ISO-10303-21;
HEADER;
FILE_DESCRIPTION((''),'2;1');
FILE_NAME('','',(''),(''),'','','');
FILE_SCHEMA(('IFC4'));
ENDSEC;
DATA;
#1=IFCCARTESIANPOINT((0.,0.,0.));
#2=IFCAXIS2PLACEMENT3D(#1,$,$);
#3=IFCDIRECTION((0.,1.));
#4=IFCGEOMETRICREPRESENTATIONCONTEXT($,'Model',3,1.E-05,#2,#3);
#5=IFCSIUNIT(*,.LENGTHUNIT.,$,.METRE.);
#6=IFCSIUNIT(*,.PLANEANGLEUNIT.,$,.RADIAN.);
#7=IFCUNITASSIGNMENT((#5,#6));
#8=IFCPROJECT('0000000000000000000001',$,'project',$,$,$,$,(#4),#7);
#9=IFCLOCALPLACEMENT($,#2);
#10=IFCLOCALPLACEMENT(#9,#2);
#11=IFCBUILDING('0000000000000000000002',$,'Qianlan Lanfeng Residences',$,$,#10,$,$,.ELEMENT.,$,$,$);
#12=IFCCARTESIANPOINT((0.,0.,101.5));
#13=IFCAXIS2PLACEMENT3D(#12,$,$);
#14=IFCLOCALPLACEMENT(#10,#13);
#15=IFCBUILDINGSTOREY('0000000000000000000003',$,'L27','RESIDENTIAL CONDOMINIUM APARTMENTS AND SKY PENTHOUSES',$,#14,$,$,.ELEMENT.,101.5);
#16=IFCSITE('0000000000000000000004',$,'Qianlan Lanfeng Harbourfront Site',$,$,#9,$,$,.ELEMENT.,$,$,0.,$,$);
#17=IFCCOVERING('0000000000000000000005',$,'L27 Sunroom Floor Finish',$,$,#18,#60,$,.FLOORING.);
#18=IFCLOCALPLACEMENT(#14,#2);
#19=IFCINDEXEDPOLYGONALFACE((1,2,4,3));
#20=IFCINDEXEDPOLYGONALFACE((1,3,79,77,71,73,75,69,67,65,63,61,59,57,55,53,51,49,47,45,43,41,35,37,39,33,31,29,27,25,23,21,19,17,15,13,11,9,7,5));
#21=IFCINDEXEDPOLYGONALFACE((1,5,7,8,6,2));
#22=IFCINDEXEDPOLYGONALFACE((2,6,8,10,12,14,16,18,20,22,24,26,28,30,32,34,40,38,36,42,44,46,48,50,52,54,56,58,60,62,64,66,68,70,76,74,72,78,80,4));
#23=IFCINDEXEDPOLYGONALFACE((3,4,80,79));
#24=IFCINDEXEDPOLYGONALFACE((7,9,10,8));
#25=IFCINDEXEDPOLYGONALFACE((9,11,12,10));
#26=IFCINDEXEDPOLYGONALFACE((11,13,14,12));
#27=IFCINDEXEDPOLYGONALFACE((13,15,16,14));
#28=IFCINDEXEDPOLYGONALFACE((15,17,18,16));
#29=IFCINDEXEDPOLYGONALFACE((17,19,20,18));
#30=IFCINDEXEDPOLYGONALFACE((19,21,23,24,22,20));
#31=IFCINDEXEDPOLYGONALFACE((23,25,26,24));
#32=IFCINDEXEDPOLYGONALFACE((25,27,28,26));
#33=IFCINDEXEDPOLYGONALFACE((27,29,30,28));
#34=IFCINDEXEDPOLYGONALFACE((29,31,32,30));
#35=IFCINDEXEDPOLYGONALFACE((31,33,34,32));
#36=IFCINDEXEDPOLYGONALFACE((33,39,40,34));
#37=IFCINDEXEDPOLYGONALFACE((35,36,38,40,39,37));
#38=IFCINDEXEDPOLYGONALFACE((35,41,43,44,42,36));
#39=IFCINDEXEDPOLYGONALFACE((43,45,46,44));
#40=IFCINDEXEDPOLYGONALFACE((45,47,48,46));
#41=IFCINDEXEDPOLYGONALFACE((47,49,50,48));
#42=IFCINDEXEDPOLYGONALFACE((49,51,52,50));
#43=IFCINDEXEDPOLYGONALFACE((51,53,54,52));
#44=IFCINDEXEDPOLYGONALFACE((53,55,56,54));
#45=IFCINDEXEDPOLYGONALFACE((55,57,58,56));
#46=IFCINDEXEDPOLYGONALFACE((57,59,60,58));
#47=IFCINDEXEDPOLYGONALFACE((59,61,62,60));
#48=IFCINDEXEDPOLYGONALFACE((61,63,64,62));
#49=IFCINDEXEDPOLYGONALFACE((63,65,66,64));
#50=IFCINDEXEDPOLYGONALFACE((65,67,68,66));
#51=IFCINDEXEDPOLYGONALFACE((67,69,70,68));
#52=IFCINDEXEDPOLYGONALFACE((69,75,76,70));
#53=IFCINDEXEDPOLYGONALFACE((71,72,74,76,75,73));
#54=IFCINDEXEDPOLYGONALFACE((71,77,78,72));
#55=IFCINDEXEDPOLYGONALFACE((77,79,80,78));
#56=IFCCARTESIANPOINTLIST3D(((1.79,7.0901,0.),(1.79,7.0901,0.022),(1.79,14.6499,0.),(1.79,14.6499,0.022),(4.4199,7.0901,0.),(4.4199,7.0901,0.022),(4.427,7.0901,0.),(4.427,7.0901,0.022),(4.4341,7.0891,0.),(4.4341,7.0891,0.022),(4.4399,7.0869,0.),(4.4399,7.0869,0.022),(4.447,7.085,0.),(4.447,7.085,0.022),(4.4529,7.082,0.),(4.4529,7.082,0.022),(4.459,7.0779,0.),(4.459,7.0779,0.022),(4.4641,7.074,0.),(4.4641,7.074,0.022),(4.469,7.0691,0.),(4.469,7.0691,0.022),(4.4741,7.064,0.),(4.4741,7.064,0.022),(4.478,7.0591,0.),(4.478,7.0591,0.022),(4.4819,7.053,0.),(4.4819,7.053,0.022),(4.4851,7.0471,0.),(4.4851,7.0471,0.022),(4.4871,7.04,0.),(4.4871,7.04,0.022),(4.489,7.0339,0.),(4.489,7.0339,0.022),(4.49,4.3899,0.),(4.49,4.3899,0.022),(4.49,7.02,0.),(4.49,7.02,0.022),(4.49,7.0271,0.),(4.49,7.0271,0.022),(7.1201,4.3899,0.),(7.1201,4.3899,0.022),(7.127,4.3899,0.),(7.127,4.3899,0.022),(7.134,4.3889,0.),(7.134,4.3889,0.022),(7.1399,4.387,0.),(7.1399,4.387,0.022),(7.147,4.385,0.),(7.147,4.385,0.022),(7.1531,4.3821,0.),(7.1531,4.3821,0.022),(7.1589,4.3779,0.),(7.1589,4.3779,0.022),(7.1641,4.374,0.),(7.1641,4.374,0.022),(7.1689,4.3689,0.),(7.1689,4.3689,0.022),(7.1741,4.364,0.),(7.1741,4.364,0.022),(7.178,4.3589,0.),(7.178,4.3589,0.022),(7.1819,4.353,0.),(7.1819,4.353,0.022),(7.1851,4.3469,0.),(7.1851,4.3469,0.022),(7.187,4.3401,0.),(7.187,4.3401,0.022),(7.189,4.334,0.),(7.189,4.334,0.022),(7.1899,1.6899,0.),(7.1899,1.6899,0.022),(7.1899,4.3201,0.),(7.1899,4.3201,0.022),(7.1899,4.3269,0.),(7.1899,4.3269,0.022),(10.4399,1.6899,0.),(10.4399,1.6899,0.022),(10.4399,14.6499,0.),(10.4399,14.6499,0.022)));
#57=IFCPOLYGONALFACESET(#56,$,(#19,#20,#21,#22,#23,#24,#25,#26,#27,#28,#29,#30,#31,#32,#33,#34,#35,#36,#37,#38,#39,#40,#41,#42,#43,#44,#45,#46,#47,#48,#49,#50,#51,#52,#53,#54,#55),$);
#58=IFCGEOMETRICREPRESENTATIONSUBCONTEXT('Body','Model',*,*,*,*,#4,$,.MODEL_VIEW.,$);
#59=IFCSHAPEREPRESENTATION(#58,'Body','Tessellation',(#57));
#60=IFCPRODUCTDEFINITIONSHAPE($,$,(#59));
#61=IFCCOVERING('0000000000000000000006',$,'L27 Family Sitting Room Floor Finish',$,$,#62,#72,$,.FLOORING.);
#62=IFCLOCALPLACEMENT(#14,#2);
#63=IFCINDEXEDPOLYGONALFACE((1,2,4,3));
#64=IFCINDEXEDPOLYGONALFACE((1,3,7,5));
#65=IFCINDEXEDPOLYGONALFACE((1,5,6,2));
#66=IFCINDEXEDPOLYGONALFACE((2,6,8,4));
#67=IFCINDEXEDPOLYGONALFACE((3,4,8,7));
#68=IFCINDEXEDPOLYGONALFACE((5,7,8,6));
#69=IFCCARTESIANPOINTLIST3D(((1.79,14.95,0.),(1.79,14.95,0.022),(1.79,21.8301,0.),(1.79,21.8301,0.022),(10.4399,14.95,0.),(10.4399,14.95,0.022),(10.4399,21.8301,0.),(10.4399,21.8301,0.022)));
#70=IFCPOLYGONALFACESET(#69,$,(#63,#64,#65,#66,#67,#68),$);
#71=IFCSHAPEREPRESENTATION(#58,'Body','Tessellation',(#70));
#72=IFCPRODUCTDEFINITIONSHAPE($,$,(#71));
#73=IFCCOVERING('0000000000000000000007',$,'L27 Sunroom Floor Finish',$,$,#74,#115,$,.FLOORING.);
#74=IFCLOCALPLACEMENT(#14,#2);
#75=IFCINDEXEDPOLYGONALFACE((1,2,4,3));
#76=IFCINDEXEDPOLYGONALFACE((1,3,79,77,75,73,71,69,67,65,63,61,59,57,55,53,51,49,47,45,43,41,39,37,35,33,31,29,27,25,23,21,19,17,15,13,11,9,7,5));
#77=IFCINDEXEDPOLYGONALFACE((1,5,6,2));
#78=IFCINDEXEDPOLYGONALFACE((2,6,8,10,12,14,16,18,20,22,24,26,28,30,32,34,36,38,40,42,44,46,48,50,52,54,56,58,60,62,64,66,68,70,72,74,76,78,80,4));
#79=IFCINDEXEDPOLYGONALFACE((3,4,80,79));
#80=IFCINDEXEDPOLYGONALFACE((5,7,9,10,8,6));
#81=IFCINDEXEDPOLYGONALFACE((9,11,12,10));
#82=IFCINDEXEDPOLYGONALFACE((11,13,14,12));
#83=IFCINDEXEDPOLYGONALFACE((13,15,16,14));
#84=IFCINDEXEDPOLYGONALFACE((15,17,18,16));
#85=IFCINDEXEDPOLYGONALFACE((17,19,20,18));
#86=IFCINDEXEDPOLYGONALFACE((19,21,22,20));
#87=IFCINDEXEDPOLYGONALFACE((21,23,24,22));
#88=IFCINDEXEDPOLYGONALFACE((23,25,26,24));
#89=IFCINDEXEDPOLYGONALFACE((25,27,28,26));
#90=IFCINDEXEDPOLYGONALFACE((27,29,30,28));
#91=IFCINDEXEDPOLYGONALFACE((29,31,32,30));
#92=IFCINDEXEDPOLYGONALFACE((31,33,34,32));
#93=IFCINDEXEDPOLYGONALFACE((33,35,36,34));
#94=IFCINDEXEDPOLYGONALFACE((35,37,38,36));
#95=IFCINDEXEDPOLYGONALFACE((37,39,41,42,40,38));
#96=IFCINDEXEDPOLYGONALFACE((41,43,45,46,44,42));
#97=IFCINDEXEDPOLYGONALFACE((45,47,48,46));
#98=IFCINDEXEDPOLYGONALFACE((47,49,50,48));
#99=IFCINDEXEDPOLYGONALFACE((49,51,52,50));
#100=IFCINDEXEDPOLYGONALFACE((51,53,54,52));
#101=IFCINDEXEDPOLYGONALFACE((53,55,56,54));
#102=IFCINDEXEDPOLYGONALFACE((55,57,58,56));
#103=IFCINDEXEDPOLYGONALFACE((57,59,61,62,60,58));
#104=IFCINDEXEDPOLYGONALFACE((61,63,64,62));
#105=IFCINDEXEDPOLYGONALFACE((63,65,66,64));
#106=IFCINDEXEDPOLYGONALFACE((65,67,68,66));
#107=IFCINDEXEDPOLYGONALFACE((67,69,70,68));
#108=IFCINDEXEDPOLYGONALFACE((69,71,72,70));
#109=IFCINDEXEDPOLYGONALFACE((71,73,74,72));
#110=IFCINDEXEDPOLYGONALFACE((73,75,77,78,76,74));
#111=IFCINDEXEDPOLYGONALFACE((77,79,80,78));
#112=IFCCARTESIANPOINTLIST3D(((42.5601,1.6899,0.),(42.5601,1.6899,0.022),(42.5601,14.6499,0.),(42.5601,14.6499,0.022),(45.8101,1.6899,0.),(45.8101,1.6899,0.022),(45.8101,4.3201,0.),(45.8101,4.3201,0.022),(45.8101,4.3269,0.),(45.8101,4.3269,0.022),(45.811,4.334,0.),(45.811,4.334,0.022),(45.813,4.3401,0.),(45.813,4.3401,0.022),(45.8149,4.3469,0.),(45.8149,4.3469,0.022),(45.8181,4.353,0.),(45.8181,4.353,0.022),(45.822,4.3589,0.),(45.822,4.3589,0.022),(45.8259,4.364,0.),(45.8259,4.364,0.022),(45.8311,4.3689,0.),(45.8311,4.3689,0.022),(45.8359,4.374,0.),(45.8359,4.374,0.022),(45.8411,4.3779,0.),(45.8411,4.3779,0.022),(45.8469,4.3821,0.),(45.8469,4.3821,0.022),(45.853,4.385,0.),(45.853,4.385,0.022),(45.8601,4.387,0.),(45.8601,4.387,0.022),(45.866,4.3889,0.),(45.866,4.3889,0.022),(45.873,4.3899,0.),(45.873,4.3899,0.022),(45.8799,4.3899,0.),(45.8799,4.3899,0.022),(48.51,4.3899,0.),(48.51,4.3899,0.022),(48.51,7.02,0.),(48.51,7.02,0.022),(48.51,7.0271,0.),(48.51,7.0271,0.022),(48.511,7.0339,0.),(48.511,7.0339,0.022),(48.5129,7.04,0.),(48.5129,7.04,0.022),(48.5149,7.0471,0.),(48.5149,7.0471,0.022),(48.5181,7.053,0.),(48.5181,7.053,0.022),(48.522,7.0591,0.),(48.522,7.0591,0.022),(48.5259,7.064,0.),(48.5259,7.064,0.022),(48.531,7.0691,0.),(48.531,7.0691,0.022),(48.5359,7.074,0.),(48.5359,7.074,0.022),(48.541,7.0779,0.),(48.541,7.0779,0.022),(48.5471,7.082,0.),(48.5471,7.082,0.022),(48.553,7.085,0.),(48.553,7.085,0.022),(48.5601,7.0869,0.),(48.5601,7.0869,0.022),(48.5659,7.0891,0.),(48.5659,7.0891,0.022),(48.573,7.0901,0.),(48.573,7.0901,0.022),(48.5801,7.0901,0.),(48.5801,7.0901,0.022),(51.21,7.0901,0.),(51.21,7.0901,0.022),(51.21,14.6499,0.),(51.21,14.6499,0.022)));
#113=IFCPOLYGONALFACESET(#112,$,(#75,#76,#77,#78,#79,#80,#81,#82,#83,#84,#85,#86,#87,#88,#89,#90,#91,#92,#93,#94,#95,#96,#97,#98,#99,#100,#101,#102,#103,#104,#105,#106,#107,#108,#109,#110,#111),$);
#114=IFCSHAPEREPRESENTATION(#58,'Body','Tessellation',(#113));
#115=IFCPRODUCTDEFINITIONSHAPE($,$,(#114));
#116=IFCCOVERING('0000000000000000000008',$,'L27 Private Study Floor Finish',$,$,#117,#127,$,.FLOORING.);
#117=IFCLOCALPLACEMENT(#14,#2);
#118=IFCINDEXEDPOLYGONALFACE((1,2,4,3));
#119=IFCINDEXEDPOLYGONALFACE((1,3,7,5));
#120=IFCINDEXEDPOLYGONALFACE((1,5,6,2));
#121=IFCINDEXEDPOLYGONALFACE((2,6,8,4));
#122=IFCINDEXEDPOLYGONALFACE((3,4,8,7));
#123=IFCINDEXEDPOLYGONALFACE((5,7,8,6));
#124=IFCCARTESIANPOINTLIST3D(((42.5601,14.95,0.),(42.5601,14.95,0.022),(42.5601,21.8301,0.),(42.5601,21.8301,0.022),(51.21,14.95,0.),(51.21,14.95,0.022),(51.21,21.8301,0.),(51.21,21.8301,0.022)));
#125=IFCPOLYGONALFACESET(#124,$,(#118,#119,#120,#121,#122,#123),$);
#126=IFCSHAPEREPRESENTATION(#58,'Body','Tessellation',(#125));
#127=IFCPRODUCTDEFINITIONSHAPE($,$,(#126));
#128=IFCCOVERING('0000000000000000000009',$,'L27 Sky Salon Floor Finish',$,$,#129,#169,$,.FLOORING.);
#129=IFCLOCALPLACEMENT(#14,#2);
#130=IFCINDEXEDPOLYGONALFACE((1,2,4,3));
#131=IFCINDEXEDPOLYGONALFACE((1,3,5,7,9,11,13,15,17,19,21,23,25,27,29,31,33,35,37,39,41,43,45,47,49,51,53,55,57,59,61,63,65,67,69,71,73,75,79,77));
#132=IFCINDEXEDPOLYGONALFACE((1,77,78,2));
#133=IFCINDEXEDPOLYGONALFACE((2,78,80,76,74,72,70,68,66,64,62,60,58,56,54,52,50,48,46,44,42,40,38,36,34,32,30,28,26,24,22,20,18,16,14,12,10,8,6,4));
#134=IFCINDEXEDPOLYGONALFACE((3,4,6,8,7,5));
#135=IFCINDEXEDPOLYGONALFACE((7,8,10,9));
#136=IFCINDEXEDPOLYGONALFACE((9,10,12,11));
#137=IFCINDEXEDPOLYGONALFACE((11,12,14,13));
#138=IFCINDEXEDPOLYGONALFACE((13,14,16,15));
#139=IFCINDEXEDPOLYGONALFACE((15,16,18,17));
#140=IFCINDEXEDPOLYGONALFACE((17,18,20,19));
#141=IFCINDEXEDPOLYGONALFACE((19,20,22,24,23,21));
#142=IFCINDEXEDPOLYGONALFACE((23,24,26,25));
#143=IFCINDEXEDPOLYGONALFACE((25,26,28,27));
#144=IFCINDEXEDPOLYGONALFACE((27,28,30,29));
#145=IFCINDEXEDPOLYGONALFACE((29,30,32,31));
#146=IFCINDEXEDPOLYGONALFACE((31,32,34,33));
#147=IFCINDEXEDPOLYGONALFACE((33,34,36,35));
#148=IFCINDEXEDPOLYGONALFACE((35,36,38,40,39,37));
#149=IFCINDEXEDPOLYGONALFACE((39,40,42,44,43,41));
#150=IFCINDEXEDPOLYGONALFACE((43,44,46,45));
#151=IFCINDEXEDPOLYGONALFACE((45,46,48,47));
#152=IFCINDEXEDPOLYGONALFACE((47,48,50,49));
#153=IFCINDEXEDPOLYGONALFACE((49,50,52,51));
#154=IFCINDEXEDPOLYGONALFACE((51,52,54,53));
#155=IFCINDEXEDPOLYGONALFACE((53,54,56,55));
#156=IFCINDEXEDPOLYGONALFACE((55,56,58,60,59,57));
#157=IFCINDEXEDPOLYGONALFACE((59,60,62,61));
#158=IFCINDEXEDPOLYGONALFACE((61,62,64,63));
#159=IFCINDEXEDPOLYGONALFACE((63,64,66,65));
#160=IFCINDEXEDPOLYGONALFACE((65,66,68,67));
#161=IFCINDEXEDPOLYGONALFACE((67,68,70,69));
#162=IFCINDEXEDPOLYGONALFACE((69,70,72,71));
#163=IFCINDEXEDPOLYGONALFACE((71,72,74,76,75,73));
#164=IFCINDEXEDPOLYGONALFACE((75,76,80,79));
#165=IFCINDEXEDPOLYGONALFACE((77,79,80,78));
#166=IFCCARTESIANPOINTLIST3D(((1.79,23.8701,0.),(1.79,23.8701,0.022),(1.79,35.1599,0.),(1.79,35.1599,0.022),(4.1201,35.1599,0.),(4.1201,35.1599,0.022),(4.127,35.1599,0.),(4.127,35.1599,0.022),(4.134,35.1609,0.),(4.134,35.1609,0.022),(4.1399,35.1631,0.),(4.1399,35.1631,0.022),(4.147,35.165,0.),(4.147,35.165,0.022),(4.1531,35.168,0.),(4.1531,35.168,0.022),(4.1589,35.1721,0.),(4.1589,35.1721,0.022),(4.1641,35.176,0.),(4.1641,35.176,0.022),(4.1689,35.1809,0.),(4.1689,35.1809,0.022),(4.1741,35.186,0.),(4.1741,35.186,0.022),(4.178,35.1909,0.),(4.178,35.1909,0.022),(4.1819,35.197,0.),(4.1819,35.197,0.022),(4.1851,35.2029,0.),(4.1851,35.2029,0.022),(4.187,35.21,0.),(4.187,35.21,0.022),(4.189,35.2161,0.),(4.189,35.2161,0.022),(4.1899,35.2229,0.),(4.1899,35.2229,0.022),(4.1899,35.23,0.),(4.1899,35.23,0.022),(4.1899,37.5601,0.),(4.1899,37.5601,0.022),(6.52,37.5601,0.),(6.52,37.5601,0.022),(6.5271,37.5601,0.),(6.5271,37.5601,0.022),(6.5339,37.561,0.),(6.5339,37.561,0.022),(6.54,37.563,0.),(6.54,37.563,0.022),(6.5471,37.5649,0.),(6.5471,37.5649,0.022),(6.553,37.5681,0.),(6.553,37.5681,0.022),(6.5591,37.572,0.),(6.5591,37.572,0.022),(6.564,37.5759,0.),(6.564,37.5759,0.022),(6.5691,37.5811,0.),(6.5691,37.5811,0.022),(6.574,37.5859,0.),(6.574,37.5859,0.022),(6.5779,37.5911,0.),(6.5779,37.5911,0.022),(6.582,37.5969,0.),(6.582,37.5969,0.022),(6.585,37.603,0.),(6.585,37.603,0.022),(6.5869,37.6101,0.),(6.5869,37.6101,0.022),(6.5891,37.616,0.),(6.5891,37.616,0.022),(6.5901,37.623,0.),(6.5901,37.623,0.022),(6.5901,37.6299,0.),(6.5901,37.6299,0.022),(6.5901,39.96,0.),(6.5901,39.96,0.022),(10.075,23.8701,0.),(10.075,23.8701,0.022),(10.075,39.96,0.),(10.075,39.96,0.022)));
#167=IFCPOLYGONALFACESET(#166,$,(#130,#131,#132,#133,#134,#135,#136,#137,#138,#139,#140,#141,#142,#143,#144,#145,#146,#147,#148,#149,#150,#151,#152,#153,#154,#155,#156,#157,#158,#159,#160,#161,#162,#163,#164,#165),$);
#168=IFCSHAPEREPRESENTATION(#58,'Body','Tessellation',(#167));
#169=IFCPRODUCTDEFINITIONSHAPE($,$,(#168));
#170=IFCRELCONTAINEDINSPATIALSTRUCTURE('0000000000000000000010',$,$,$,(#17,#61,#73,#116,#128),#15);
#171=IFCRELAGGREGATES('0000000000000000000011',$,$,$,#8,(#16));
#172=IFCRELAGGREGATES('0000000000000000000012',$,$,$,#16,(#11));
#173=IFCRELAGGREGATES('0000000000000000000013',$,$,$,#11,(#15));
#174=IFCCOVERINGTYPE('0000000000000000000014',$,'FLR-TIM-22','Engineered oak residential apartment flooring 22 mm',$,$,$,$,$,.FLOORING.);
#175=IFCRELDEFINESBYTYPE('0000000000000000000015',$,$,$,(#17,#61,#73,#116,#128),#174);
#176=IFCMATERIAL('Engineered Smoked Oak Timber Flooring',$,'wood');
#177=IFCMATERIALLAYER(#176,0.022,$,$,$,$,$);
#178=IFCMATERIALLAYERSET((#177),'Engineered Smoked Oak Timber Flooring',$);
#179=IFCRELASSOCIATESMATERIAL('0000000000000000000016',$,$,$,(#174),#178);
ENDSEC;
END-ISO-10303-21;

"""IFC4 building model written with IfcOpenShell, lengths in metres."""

from ifc_helpers import new_model, si_unit, direction, frame, origin, place, context, subcontext, project, spatial, polyline, outline, extrude, material, layer, layer_set, type_object, element, save


model = new_model("IFC4")

# Units and contexts
model_context = context("Model", 3, precision=1e-05, world=origin(), true_north=direction((0.0, 1.0)))
body_context = subcontext(model_context, "Body", "Model", "MODEL_VIEW")
ifc_project = project(units=[si_unit("LENGTHUNIT", "METRE"), si_unit("PLANEANGLEUNIT", "RADIAN")], contexts=[model_context])

# Site, building, storey
site_placement = place(None, origin())
site = spatial("IfcSite", under=ifc_project, at=site_placement, Name="Qianlan Lanfeng Harbourfront Site", CompositionType="ELEMENT", RefElevation=0.0)
building_placement = place(site_placement, origin())
building = spatial("IfcBuilding", under=site, at=building_placement, Name="Qianlan Lanfeng Residences", CompositionType="ELEMENT")
storey_placement = place(building_placement, frame((0.0, 0.0, 101.5)))
storey = spatial("IfcBuildingStorey", under=building, at=storey_placement, Name="L27", Description="RESIDENTIAL CONDOMINIUM APARTMENTS AND SKY PENTHOUSES", CompositionType="ELEMENT", Elevation=101.5)

# Coverings
ifc_material_1 = material(Name="Engineered Smoked Oak Timber Flooring", Category="wood")
ifc_layer_1 = layer(ifc_material_1, 0.022)
ifc_layer_set_1 = layer_set([ifc_layer_1], Name="Engineered Smoked Oak Timber Flooring")
covering_type_1 = type_object("IfcCoveringType", Name="FLR-TIM-22", Description="Engineered oak residential apartment flooring 22 mm", PredefinedType="FLOORING", material=ifc_layer_set_1)
covering_1_placement = place(storey_placement, origin())
element("IfcCovering", 1, at=covering_1_placement, inside=storey, type_object=covering_type_1, Name="L27 Sunroom Floor Finish", PredefinedType="FLOORING", context=body_context, shape_type="SweptSolid", body=[
    extrude(outline(polyline([(10.4399, 14.6499), (1.79, 14.6499), (1.79, 7.0901), (4.4199, 7.0901), (4.427, 7.0901), (4.4341, 7.0891), (4.4399, 7.0869), (4.447, 7.085), (4.4529, 7.082), (4.459, 7.0779), (4.4641, 7.074), (4.469, 7.0691), (4.4741, 7.064), (4.478, 7.0591), (4.4819, 7.053), (4.4851, 7.0471), (4.4871, 7.04), (4.489, 7.0339), (4.49, 7.0271), (4.49, 7.02), (4.49, 4.3899), (7.1201, 4.3899), (7.127, 4.3899), (7.134, 4.3889), (7.1399, 4.387), (7.147, 4.385), (7.1531, 4.3821), (7.1589, 4.3779), (7.1641, 4.374), (7.1689, 4.3689), (7.1741, 4.364), (7.178, 4.3589), (7.1819, 4.353), (7.1851, 4.3469), (7.187, 4.3401), (7.189, 4.334), (7.1899, 4.3269), (7.1899, 4.3201), (7.1899, 1.6899), (10.4399, 1.6899), (10.4399, 14.6499)])), origin(), (0.0, 0.0, 1.0), 0.022),
])
covering_2_placement = place(storey_placement, origin())
element("IfcCovering", 2, at=covering_2_placement, inside=storey, type_object=covering_type_1, Name="L27 Family Sitting Room Floor Finish", PredefinedType="FLOORING", context=body_context, shape_type="SweptSolid", body=[
    extrude(outline(polyline([(10.4399, 21.8301), (1.79, 21.8301), (1.79, 14.95), (10.4399, 14.95), (10.4399, 21.8301)])), origin(), (0.0, 0.0, 1.0), 0.022),
])
covering_3_placement = place(storey_placement, origin())
element("IfcCovering", 3, at=covering_3_placement, inside=storey, type_object=covering_type_1, Name="L27 Sunroom Floor Finish", PredefinedType="FLOORING", context=body_context, shape_type="SweptSolid", body=[
    extrude(outline(polyline([(51.21, 14.6499), (42.5601, 14.6499), (42.5601, 1.6899), (45.8101, 1.6899), (45.8101, 4.3201), (45.8101, 4.3269), (45.811, 4.334), (45.813, 4.3401), (45.8149, 4.3469), (45.8181, 4.353), (45.822, 4.3589), (45.8259, 4.364), (45.8311, 4.3689), (45.8359, 4.374), (45.8411, 4.3779), (45.8469, 4.3821), (45.853, 4.385), (45.8601, 4.387), (45.866, 4.3889), (45.873, 4.3899), (45.8799, 4.3899), (48.51, 4.3899), (48.51, 7.02), (48.51, 7.0271), (48.511, 7.0339), (48.5129, 7.04), (48.5149, 7.0471), (48.5181, 7.053), (48.522, 7.0591), (48.5259, 7.064), (48.531, 7.0691), (48.5359, 7.074), (48.541, 7.0779), (48.5471, 7.082), (48.553, 7.085), (48.5601, 7.0869), (48.5659, 7.0891), (48.573, 7.0901), (48.5801, 7.0901), (51.21, 7.0901), (51.21, 14.6499)])), origin(), (0.0, 0.0, 1.0), 0.022),
])
covering_4_placement = place(storey_placement, origin())
element("IfcCovering", 4, at=covering_4_placement, inside=storey, type_object=covering_type_1, Name="L27 Private Study Floor Finish", PredefinedType="FLOORING", context=body_context, shape_type="SweptSolid", body=[
    extrude(outline(polyline([(51.21, 21.8301), (42.5601, 21.8301), (42.5601, 14.95), (51.21, 14.95), (51.21, 21.8301)])), origin(), (0.0, 0.0, 1.0), 0.022),
])
covering_5_placement = place(storey_placement, origin())
element("IfcCovering", 5, at=covering_5_placement, inside=storey, type_object=covering_type_1, Name="L27 Sky Salon Floor Finish", PredefinedType="FLOORING", context=body_context, shape_type="SweptSolid", body=[
    extrude(outline(polyline([(10.075, 23.8701), (10.075, 39.96), (6.5901, 39.96), (6.5901, 37.6299), (6.5901, 37.623), (6.5891, 37.616), (6.5869, 37.6101), (6.585, 37.603), (6.582, 37.5969), (6.5779, 37.5911), (6.574, 37.5859), (6.5691, 37.5811), (6.564, 37.5759), (6.5591, 37.572), (6.553, 37.5681), (6.5471, 37.5649), (6.54, 37.563), (6.5339, 37.561), (6.5271, 37.5601), (6.52, 37.5601), (4.1899, 37.5601), (4.1899, 35.23), (4.1899, 35.2229), (4.189, 35.2161), (4.187, 35.21), (4.1851, 35.2029), (4.1819, 35.197), (4.178, 35.1909), (4.1741, 35.186), (4.1689, 35.1809), (4.1641, 35.176), (4.1589, 35.1721), (4.1531, 35.168), (4.147, 35.165), (4.1399, 35.1631), (4.134, 35.1609), (4.127, 35.1599), (4.1201, 35.1599), (1.79, 35.1599), (1.79, 23.8701), (10.075, 23.8701)])), origin(), (0.0, 0.0, 1.0), 0.022),
])

save(model, "model.ifc")
